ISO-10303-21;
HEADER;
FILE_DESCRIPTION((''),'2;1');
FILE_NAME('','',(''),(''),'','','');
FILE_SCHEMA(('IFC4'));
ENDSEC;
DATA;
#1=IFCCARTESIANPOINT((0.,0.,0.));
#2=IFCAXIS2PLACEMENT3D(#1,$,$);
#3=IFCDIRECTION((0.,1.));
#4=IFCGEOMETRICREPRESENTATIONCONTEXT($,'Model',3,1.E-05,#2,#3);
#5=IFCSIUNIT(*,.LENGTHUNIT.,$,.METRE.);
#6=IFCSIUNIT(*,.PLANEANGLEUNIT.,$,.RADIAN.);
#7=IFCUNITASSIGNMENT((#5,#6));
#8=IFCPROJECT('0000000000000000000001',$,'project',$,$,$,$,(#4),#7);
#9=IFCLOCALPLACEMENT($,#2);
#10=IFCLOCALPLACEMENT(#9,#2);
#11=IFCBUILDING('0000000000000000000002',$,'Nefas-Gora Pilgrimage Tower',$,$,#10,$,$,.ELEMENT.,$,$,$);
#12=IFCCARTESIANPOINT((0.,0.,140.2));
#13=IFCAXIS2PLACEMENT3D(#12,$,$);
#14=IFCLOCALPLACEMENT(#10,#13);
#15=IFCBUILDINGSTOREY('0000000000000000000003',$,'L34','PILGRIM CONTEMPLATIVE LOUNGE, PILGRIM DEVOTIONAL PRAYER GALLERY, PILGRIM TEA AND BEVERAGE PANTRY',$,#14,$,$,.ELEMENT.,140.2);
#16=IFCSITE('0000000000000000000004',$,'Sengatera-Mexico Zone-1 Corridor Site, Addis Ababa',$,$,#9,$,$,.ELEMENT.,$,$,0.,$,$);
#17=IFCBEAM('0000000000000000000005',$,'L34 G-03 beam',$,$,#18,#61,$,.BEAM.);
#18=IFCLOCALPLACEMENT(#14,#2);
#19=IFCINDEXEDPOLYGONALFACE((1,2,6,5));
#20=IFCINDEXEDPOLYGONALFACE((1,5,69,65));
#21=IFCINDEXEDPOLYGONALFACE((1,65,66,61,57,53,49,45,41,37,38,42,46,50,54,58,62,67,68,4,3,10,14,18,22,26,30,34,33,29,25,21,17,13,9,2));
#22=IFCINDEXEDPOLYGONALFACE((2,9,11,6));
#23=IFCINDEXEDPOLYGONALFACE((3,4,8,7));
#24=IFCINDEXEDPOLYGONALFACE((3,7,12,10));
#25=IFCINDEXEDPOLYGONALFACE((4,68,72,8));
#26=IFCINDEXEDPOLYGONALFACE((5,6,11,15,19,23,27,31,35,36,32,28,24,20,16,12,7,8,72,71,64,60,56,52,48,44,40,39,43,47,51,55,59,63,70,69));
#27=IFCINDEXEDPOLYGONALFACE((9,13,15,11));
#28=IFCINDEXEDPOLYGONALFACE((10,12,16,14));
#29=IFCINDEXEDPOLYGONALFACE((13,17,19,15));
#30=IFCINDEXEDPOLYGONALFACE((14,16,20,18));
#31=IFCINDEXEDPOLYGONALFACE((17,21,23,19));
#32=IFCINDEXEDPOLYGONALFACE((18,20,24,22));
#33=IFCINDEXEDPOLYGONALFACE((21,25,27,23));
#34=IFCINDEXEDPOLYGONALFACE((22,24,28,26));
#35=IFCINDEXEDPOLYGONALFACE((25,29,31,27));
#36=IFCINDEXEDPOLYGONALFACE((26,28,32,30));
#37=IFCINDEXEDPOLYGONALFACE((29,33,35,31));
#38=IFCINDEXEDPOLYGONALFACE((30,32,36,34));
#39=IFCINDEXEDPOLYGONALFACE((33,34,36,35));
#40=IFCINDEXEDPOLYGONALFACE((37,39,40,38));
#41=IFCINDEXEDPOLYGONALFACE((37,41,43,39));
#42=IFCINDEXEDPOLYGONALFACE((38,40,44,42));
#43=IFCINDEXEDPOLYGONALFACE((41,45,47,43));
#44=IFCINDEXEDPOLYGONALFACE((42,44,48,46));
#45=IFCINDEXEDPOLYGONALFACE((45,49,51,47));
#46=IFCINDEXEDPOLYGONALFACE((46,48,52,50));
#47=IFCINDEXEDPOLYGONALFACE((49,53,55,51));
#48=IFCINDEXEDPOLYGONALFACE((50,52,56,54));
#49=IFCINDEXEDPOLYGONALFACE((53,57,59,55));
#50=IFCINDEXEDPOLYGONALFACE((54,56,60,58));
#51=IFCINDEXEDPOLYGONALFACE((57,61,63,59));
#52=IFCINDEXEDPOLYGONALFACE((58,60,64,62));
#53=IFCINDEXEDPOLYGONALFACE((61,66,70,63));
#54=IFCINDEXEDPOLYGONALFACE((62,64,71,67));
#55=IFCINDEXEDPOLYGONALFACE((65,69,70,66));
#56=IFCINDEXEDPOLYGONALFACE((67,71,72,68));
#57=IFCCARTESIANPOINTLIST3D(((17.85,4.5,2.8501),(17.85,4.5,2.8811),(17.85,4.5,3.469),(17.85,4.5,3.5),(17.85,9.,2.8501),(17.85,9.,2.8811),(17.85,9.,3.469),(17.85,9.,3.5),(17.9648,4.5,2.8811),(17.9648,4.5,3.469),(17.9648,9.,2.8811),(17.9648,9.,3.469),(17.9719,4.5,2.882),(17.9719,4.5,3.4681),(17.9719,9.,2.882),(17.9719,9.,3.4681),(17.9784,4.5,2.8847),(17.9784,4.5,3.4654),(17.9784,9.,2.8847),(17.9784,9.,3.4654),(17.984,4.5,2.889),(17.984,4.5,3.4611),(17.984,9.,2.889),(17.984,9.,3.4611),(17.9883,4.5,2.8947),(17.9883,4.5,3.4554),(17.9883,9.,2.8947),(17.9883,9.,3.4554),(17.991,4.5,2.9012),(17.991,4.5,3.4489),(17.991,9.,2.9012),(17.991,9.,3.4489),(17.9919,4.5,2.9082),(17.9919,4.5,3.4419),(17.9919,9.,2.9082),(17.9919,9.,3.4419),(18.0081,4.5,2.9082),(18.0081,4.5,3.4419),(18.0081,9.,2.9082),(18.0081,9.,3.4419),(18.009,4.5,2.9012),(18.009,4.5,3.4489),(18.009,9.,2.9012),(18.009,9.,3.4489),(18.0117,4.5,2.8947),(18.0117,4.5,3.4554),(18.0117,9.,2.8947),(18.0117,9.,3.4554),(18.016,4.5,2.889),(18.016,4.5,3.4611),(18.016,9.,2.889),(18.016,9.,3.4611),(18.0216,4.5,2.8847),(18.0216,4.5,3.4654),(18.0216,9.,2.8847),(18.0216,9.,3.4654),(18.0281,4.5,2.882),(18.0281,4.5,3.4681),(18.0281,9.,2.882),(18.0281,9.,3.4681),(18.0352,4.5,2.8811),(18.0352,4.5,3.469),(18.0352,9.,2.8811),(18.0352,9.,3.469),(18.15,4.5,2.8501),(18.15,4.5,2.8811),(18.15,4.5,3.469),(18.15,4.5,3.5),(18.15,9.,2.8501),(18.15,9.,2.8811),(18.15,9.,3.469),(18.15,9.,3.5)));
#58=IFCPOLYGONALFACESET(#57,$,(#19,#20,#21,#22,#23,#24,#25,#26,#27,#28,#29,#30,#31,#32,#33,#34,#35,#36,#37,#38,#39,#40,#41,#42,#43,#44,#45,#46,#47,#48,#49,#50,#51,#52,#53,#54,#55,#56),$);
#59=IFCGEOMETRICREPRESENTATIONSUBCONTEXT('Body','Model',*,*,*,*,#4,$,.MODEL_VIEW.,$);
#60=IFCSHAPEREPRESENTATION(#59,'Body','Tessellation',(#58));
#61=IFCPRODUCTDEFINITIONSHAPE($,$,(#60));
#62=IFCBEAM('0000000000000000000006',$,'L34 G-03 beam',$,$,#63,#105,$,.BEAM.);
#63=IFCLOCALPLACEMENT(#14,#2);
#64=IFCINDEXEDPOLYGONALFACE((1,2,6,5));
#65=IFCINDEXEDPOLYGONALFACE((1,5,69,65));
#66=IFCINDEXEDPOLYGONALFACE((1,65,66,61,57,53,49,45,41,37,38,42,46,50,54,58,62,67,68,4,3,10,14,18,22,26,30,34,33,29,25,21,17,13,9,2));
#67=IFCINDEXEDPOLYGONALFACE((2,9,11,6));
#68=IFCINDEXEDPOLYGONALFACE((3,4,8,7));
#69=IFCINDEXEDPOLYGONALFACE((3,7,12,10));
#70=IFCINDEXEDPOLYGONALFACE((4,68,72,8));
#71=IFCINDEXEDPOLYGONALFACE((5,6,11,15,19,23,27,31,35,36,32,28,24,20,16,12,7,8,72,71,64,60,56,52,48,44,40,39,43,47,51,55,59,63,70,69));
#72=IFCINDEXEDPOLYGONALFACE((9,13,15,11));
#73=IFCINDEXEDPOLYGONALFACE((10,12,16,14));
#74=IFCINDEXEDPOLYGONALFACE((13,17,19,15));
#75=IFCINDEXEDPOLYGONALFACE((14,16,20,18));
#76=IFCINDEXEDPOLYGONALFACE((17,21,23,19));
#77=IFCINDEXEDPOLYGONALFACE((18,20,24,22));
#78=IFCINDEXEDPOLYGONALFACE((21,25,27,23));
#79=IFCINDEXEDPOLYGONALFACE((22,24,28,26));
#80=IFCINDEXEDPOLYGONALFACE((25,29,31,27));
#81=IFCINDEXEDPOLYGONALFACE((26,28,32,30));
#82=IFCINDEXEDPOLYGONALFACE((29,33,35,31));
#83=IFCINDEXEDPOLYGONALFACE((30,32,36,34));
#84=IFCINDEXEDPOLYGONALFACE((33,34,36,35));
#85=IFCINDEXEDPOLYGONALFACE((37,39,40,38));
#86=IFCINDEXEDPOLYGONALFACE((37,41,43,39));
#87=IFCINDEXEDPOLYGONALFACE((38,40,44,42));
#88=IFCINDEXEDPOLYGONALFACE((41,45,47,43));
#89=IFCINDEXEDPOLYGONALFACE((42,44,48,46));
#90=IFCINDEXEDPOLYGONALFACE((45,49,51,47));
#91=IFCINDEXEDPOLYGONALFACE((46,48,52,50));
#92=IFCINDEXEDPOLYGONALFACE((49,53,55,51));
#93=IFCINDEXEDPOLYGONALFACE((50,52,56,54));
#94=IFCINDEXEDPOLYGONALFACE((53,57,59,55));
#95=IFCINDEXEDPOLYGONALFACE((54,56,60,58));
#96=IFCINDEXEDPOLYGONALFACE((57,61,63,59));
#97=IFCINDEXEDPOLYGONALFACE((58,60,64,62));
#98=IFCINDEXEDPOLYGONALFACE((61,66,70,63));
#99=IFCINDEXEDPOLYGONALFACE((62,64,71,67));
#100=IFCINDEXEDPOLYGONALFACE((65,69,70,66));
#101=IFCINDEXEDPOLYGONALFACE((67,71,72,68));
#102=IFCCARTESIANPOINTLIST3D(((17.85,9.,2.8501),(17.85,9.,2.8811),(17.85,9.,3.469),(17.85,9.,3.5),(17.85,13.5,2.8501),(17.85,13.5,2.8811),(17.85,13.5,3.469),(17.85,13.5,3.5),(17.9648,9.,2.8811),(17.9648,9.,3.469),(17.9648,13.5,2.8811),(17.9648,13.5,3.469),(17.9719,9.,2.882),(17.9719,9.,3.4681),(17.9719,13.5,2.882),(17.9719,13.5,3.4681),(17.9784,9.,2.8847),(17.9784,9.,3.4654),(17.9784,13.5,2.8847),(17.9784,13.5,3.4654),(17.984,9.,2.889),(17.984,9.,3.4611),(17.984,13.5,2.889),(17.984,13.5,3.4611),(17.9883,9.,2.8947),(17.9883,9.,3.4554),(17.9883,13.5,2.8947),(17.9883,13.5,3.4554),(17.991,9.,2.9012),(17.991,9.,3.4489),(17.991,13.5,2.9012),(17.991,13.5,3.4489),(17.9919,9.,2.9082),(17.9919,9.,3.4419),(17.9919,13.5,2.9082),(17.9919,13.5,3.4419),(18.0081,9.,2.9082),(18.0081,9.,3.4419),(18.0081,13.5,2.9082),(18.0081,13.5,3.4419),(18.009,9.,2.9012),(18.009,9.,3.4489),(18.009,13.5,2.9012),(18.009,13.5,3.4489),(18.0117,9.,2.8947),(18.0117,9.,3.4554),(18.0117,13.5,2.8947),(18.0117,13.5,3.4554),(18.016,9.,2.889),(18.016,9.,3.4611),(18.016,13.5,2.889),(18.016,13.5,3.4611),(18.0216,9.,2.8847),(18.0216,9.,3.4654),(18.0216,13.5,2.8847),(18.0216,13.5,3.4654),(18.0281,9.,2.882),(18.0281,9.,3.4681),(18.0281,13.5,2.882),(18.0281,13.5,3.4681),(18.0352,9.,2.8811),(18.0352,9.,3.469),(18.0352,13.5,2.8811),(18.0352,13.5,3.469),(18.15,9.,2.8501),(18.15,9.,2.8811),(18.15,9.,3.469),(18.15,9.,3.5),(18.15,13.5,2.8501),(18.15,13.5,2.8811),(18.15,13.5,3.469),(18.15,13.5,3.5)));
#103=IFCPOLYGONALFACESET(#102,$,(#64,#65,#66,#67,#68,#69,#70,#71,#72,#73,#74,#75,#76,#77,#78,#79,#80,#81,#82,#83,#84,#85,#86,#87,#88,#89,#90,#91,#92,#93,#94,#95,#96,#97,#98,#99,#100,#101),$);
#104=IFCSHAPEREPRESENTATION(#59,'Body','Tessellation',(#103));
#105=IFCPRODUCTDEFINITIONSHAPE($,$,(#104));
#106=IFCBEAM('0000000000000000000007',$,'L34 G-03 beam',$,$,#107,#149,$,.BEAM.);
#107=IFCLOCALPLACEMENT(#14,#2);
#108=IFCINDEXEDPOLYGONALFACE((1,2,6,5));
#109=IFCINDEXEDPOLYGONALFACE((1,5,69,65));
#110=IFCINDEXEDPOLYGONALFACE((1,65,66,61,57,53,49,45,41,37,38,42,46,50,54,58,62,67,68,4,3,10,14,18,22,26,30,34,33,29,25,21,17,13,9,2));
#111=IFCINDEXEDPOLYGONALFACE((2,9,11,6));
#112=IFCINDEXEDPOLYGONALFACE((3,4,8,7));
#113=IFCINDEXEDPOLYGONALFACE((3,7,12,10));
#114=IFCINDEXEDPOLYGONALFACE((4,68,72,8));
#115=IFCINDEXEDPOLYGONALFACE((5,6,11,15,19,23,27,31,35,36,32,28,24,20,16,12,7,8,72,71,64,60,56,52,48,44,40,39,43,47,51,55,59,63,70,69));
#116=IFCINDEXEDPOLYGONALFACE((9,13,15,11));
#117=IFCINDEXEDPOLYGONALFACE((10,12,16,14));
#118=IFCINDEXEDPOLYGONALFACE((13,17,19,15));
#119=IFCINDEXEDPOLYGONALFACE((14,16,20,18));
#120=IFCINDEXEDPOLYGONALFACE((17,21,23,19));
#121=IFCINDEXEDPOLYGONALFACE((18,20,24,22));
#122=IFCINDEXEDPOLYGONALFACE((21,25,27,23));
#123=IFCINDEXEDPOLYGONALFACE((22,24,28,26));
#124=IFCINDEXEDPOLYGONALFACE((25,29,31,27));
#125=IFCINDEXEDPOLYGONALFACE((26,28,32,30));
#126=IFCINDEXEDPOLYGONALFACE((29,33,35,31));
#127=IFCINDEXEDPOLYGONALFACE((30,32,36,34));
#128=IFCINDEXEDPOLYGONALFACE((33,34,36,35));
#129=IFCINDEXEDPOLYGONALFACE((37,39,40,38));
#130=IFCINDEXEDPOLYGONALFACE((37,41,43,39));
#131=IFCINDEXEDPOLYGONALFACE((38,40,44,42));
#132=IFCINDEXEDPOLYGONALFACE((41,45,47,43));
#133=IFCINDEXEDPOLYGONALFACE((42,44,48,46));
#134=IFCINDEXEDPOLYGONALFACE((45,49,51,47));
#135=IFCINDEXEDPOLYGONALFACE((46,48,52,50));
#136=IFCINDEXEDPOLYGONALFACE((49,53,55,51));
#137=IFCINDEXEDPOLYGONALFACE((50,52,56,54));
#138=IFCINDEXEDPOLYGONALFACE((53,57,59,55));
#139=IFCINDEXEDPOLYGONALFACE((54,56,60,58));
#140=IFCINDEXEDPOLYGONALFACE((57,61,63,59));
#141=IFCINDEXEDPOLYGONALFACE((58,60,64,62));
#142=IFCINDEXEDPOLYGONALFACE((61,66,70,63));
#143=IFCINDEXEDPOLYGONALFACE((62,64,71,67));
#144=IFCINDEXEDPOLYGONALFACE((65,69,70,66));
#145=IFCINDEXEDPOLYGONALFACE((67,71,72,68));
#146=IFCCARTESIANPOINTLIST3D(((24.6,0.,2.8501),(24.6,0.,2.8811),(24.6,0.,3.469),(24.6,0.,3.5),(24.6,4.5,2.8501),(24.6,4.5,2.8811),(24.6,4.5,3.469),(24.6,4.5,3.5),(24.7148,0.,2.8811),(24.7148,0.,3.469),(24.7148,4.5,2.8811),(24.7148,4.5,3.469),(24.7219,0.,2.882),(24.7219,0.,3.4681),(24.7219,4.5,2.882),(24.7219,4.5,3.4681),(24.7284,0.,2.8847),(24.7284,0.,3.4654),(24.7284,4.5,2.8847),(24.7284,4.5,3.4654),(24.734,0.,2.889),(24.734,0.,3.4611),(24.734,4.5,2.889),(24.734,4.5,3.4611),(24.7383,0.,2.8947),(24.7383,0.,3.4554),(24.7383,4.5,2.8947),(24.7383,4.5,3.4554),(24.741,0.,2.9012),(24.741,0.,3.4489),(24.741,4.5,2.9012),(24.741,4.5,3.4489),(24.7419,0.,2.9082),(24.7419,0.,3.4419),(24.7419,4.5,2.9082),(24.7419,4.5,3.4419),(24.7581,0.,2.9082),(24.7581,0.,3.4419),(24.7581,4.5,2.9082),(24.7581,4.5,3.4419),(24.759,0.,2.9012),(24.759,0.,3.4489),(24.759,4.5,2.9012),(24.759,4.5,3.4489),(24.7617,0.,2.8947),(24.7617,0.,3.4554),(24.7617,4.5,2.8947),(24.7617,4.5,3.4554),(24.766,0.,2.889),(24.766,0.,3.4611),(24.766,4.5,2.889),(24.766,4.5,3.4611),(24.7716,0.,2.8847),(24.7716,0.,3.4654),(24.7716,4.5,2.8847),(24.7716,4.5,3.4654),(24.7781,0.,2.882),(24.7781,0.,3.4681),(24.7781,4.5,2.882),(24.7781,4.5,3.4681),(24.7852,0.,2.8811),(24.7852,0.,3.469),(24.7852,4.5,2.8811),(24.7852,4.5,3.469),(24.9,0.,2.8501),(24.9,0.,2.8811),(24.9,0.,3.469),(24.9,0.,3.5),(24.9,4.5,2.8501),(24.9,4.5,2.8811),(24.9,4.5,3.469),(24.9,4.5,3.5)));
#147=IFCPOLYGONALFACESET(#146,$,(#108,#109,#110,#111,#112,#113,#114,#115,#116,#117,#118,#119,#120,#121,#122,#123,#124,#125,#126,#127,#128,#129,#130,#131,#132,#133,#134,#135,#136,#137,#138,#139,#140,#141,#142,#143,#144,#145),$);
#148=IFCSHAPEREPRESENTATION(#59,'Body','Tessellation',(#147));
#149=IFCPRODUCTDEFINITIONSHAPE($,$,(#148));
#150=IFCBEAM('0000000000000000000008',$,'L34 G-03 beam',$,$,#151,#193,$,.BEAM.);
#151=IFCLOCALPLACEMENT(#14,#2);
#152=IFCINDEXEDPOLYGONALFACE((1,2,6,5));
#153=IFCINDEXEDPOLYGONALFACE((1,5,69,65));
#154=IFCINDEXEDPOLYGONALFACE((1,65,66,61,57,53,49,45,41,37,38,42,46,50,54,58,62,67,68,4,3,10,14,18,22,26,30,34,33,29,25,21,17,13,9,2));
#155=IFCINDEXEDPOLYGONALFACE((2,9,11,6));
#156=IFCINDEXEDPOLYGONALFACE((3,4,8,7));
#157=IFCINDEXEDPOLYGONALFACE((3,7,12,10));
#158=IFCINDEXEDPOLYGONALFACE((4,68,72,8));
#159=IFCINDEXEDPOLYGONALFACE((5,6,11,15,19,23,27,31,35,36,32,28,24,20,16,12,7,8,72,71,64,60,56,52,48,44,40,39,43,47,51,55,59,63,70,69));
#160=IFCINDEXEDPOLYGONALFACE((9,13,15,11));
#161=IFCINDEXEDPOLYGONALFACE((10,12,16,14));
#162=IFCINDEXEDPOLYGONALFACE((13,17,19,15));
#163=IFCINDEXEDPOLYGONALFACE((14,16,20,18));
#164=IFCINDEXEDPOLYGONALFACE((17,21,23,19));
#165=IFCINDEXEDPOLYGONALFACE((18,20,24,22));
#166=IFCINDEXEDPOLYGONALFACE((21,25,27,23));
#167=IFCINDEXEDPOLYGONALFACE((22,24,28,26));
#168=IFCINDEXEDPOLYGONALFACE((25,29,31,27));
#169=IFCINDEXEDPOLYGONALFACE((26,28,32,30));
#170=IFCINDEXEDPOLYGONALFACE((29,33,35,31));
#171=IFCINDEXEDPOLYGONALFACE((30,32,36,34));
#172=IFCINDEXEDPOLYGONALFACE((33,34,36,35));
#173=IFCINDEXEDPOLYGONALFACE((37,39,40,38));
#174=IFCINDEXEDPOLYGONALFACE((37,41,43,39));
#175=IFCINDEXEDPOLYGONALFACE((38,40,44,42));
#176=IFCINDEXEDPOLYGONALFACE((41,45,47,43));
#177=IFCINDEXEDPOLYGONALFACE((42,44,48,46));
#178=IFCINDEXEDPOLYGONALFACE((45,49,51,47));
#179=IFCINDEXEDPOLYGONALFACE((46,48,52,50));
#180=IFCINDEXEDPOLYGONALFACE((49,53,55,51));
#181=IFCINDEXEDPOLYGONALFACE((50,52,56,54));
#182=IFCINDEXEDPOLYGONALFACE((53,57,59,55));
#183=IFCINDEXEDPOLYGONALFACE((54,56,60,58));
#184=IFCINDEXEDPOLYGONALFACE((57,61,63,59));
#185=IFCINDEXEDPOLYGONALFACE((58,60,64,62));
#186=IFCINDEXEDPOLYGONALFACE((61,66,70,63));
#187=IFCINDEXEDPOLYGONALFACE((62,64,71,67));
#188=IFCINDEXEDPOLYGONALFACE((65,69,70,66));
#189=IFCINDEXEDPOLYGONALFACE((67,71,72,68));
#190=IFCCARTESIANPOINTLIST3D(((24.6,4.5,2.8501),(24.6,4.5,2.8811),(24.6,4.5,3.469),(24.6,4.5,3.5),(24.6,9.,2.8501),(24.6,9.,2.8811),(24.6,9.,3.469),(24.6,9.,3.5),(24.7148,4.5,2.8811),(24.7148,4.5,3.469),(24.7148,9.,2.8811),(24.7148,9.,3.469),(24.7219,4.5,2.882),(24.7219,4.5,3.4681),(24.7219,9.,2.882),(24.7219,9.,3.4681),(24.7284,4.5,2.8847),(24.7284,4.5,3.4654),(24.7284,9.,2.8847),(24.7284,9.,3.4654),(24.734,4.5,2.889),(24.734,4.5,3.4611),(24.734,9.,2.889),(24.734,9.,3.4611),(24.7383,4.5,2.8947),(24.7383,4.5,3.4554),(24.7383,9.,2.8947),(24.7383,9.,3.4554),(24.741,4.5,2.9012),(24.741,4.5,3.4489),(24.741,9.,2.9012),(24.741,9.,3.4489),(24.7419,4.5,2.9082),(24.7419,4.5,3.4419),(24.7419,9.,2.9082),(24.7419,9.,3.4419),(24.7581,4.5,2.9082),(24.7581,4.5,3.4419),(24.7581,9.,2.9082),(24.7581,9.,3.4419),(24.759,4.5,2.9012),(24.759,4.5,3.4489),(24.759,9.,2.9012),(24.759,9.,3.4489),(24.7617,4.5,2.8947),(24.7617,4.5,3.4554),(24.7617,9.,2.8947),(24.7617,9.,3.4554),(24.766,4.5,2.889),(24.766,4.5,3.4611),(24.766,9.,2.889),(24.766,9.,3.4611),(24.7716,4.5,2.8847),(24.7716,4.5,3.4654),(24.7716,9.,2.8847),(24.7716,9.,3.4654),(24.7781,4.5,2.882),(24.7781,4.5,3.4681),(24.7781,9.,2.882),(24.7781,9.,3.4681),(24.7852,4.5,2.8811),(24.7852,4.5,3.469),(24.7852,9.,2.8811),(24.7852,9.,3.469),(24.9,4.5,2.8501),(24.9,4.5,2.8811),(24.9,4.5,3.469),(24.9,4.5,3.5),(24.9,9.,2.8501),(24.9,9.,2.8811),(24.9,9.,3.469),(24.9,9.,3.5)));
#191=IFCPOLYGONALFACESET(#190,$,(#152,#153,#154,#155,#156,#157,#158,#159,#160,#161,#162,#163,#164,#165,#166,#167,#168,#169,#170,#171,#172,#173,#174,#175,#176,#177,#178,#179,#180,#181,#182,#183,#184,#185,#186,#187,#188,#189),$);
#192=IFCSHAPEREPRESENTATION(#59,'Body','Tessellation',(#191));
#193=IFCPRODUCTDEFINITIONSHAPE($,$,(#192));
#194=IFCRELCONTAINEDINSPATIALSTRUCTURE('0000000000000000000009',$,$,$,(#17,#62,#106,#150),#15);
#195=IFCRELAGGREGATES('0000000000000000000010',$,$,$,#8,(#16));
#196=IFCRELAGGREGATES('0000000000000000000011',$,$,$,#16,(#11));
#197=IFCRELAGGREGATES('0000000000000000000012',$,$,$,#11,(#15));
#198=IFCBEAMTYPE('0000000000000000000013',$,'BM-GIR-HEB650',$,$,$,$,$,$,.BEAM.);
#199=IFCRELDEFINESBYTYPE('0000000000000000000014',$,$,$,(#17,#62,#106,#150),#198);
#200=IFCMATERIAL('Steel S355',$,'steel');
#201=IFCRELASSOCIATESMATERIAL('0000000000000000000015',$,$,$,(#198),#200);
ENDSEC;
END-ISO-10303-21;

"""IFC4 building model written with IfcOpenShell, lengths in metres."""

from ifc_helpers import new_model, si_unit, direction, frame, origin, origin_2d, place, context, subcontext, project, spatial, i_section, extrude, source, transform, mapped, material, material_profile, profile_set, type_object, element, save


model = new_model("IFC4")

# Units and contexts
model_context = context("Model", 3, precision=1e-05, world=origin(), true_north=direction((0.0, 1.0)))
body_context = subcontext(model_context, "Body", "Model", "MODEL_VIEW")
ifc_project = project(units=[si_unit("LENGTHUNIT", "METRE"), si_unit("PLANEANGLEUNIT", "RADIAN")], contexts=[model_context])

# Site, building, storey
site_placement = place(None, origin())
site = spatial("IfcSite", under=ifc_project, at=site_placement, Name="Sengatera-Mexico Zone-1 Corridor Site, Addis Ababa", CompositionType="ELEMENT", RefElevation=0.0)
building_placement = place(site_placement, origin())
building = spatial("IfcBuilding", under=site, at=building_placement, Name="Nefas-Gora Pilgrimage Tower", CompositionType="ELEMENT")
storey_placement = place(building_placement, frame((0.0, 0.0, 140.2)))
storey = spatial("IfcBuildingStorey", under=building, at=storey_placement, Name="L34", Description="PILGRIM CONTEMPLATIVE LOUNGE, PILGRIM DEVOTIONAL PRAYER GALLERY, PILGRIM TEA AND BEVERAGE PANTRY", CompositionType="ELEMENT", Elevation=140.2)

# Beams
ifc_material_1 = material(Name="Steel S355", Category="steel")
ifc_material_profile_1 = material_profile(ifc_material_1, i_section(OverallWidth=0.3, OverallDepth=0.6499, WebThickness=0.0161, FlangeThickness=0.031, FilletRadius=0.0271, at=origin_2d()), Name="HEB 650")
ifc_profile_set_1 = profile_set([ifc_material_profile_1], Name="Steel S355")
beam_type_1 = type_object("IfcBeamType", Name="BM-GIR-HEB650", PredefinedType="BEAM", material=ifc_profile_set_1)
shared_shape_1 = source(origin(), body_context, "Body", "SweptSolid", [
    extrude(i_section(OverallWidth=0.3, OverallDepth=0.6499, WebThickness=0.0161, FlangeThickness=0.031, FilletRadius=0.0271, at=origin_2d()), origin(), (0.0, 0.0, 1.0), 4.5),
])
for number, where, z_axis, x_axis, name in (
    (1, (18.0, 4.5, 3.175), (0.0, 1.0, 0.0), (-1.0, 0.0, 0.0), "L34 G-03 beam"),
    (2, (18.0, 9.0, 3.175), (0.0, 1.0, 0.0), (-1.0, 0.0, 0.0), "L34 G-03 beam"),
    (3, (24.75, 0.0, 3.175), (0.0, 1.0, 0.0), (-1.0, 0.0, 0.0), "L34 G-03 beam"),
    (4, (24.75, 4.5, 3.175), (0.0, 1.0, 0.0), (-1.0, 0.0, 0.0), "L34 G-03 beam"),
):
    element("IfcBeam", number, at=place(storey_placement, frame(where, z_axis=z_axis, x_axis=x_axis)), inside=storey, type_object=beam_type_1, Name=name, PredefinedType="BEAM", context=body_context, shape_type="MappedRepresentation", body=[
        mapped(shared_shape_1, transform((0.0, 0.0, 0.0), x_axis=(1.0, 0.0, 0.0), y_axis=(0.0, 1.0, 0.0), z_axis=(0.0, 0.0, 1.0), scale=1.0)),
    ])

save(model, "model.ifc")
